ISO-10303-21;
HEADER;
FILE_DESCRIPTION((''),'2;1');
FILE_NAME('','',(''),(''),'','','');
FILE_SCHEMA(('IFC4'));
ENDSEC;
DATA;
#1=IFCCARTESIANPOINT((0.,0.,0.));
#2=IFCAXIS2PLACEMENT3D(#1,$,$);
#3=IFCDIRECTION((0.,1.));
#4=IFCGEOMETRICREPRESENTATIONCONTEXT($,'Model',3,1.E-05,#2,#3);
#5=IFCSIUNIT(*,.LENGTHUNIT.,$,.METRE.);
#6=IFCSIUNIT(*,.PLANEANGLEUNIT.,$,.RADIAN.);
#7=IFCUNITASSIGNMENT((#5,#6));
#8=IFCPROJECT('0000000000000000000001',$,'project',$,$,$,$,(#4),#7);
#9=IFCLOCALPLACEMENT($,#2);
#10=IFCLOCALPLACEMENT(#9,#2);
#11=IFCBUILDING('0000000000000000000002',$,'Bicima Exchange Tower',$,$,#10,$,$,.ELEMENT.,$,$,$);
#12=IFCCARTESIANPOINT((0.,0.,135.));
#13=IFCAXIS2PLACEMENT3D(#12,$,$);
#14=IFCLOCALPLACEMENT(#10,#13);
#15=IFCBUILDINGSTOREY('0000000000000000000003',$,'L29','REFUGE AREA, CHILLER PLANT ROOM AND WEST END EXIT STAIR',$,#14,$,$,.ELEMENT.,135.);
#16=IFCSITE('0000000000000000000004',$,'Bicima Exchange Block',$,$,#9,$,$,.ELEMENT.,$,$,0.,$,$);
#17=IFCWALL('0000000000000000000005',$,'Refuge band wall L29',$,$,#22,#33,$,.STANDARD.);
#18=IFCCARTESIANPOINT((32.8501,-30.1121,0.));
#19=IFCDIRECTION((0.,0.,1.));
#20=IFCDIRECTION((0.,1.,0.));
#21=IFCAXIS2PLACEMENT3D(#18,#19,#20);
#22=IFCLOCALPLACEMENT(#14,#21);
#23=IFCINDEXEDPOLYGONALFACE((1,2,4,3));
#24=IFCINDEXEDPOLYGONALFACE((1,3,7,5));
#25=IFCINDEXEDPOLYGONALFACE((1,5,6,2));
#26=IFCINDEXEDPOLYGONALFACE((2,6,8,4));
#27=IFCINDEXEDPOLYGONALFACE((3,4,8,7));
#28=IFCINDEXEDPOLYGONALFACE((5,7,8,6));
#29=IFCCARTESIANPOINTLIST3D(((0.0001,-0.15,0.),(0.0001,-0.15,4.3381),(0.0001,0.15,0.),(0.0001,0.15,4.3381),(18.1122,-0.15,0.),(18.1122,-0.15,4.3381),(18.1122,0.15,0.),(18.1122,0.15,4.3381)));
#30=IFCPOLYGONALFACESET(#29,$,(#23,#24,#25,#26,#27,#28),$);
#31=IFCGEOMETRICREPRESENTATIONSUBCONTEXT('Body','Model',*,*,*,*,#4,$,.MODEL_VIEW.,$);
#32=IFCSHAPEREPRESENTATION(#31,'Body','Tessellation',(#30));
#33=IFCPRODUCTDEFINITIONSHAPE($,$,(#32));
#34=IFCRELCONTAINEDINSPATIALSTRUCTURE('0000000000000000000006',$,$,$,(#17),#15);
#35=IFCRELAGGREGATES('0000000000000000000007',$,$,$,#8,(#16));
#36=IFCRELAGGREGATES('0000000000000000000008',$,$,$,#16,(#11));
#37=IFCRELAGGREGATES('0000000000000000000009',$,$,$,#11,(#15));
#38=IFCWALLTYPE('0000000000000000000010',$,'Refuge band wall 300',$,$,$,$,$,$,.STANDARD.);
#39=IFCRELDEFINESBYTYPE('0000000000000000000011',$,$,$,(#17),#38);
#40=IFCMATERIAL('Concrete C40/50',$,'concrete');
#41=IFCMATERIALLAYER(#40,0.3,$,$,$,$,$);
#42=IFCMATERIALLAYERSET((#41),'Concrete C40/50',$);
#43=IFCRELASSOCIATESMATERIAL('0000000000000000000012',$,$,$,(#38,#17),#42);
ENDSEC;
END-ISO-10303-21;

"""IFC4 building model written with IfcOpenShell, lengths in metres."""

from ifc_helpers import new_model, si_unit, direction, frame, frame_2d, origin, place, context, subcontext, project, spatial, rectangle, extrude, material, layer, layer_set, layer_usage, type_object, element, save


model = new_model("IFC4")

# Units and contexts
model_context = context("Model", 3, precision=1e-05, world=origin(), true_north=direction((0.0, 1.0)))
body_context = subcontext(model_context, "Body", "Model", "MODEL_VIEW")
ifc_project = project(units=[si_unit("LENGTHUNIT", "METRE"), si_unit("PLANEANGLEUNIT", "RADIAN")], contexts=[model_context])

# Site, building, storey
site_placement = place(None, origin())
site = spatial("IfcSite", under=ifc_project, at=site_placement, Name="Bicima Exchange Block", CompositionType="ELEMENT", RefElevation=0.0)
building_placement = place(site_placement, origin())
building = spatial("IfcBuilding", under=site, at=building_placement, Name="Bicima Exchange Tower", CompositionType="ELEMENT")
storey_placement = place(building_placement, frame((0.0, 0.0, 135.0)))
storey = spatial("IfcBuildingStorey", under=building, at=storey_placement, Name="L29", Description="REFUGE AREA, CHILLER PLANT ROOM AND WEST END EXIT STAIR", CompositionType="ELEMENT", Elevation=135.0)

# Wall
ifc_material_1 = material(Name="Concrete C40/50", Category="concrete")
ifc_layer_1 = layer(ifc_material_1, 0.3)
ifc_layer_set_1 = layer_set([ifc_layer_1], Name="Concrete C40/50")
ifc_layer_usage = layer_usage(ifc_layer_set_1, "AXIS2", "POSITIVE", -0.15)
wall_type_1 = type_object("IfcWallType", Name="Refuge band wall 300", PredefinedType="STANDARD", material=ifc_layer_set_1)
wall_1_placement = place(storey_placement, frame((32.8501, -30.1121, 0.0), z_axis=(0.0, 0.0, 1.0), x_axis=(0.0, 1.0, 0.0)))
element("IfcWall", 1, at=wall_1_placement, inside=storey, type_object=wall_type_1, material=ifc_layer_usage, Name="Refuge band wall L29", PredefinedType="STANDARD", context=body_context, shape_type="SweptSolid", body=[
    extrude(rectangle(XDim=18.1121, YDim=0.3, at=frame_2d((9.0562, 0.0))), origin(), (0.0, 0.0, 1.0), 4.3381),
])

save(model, "model.ifc")
